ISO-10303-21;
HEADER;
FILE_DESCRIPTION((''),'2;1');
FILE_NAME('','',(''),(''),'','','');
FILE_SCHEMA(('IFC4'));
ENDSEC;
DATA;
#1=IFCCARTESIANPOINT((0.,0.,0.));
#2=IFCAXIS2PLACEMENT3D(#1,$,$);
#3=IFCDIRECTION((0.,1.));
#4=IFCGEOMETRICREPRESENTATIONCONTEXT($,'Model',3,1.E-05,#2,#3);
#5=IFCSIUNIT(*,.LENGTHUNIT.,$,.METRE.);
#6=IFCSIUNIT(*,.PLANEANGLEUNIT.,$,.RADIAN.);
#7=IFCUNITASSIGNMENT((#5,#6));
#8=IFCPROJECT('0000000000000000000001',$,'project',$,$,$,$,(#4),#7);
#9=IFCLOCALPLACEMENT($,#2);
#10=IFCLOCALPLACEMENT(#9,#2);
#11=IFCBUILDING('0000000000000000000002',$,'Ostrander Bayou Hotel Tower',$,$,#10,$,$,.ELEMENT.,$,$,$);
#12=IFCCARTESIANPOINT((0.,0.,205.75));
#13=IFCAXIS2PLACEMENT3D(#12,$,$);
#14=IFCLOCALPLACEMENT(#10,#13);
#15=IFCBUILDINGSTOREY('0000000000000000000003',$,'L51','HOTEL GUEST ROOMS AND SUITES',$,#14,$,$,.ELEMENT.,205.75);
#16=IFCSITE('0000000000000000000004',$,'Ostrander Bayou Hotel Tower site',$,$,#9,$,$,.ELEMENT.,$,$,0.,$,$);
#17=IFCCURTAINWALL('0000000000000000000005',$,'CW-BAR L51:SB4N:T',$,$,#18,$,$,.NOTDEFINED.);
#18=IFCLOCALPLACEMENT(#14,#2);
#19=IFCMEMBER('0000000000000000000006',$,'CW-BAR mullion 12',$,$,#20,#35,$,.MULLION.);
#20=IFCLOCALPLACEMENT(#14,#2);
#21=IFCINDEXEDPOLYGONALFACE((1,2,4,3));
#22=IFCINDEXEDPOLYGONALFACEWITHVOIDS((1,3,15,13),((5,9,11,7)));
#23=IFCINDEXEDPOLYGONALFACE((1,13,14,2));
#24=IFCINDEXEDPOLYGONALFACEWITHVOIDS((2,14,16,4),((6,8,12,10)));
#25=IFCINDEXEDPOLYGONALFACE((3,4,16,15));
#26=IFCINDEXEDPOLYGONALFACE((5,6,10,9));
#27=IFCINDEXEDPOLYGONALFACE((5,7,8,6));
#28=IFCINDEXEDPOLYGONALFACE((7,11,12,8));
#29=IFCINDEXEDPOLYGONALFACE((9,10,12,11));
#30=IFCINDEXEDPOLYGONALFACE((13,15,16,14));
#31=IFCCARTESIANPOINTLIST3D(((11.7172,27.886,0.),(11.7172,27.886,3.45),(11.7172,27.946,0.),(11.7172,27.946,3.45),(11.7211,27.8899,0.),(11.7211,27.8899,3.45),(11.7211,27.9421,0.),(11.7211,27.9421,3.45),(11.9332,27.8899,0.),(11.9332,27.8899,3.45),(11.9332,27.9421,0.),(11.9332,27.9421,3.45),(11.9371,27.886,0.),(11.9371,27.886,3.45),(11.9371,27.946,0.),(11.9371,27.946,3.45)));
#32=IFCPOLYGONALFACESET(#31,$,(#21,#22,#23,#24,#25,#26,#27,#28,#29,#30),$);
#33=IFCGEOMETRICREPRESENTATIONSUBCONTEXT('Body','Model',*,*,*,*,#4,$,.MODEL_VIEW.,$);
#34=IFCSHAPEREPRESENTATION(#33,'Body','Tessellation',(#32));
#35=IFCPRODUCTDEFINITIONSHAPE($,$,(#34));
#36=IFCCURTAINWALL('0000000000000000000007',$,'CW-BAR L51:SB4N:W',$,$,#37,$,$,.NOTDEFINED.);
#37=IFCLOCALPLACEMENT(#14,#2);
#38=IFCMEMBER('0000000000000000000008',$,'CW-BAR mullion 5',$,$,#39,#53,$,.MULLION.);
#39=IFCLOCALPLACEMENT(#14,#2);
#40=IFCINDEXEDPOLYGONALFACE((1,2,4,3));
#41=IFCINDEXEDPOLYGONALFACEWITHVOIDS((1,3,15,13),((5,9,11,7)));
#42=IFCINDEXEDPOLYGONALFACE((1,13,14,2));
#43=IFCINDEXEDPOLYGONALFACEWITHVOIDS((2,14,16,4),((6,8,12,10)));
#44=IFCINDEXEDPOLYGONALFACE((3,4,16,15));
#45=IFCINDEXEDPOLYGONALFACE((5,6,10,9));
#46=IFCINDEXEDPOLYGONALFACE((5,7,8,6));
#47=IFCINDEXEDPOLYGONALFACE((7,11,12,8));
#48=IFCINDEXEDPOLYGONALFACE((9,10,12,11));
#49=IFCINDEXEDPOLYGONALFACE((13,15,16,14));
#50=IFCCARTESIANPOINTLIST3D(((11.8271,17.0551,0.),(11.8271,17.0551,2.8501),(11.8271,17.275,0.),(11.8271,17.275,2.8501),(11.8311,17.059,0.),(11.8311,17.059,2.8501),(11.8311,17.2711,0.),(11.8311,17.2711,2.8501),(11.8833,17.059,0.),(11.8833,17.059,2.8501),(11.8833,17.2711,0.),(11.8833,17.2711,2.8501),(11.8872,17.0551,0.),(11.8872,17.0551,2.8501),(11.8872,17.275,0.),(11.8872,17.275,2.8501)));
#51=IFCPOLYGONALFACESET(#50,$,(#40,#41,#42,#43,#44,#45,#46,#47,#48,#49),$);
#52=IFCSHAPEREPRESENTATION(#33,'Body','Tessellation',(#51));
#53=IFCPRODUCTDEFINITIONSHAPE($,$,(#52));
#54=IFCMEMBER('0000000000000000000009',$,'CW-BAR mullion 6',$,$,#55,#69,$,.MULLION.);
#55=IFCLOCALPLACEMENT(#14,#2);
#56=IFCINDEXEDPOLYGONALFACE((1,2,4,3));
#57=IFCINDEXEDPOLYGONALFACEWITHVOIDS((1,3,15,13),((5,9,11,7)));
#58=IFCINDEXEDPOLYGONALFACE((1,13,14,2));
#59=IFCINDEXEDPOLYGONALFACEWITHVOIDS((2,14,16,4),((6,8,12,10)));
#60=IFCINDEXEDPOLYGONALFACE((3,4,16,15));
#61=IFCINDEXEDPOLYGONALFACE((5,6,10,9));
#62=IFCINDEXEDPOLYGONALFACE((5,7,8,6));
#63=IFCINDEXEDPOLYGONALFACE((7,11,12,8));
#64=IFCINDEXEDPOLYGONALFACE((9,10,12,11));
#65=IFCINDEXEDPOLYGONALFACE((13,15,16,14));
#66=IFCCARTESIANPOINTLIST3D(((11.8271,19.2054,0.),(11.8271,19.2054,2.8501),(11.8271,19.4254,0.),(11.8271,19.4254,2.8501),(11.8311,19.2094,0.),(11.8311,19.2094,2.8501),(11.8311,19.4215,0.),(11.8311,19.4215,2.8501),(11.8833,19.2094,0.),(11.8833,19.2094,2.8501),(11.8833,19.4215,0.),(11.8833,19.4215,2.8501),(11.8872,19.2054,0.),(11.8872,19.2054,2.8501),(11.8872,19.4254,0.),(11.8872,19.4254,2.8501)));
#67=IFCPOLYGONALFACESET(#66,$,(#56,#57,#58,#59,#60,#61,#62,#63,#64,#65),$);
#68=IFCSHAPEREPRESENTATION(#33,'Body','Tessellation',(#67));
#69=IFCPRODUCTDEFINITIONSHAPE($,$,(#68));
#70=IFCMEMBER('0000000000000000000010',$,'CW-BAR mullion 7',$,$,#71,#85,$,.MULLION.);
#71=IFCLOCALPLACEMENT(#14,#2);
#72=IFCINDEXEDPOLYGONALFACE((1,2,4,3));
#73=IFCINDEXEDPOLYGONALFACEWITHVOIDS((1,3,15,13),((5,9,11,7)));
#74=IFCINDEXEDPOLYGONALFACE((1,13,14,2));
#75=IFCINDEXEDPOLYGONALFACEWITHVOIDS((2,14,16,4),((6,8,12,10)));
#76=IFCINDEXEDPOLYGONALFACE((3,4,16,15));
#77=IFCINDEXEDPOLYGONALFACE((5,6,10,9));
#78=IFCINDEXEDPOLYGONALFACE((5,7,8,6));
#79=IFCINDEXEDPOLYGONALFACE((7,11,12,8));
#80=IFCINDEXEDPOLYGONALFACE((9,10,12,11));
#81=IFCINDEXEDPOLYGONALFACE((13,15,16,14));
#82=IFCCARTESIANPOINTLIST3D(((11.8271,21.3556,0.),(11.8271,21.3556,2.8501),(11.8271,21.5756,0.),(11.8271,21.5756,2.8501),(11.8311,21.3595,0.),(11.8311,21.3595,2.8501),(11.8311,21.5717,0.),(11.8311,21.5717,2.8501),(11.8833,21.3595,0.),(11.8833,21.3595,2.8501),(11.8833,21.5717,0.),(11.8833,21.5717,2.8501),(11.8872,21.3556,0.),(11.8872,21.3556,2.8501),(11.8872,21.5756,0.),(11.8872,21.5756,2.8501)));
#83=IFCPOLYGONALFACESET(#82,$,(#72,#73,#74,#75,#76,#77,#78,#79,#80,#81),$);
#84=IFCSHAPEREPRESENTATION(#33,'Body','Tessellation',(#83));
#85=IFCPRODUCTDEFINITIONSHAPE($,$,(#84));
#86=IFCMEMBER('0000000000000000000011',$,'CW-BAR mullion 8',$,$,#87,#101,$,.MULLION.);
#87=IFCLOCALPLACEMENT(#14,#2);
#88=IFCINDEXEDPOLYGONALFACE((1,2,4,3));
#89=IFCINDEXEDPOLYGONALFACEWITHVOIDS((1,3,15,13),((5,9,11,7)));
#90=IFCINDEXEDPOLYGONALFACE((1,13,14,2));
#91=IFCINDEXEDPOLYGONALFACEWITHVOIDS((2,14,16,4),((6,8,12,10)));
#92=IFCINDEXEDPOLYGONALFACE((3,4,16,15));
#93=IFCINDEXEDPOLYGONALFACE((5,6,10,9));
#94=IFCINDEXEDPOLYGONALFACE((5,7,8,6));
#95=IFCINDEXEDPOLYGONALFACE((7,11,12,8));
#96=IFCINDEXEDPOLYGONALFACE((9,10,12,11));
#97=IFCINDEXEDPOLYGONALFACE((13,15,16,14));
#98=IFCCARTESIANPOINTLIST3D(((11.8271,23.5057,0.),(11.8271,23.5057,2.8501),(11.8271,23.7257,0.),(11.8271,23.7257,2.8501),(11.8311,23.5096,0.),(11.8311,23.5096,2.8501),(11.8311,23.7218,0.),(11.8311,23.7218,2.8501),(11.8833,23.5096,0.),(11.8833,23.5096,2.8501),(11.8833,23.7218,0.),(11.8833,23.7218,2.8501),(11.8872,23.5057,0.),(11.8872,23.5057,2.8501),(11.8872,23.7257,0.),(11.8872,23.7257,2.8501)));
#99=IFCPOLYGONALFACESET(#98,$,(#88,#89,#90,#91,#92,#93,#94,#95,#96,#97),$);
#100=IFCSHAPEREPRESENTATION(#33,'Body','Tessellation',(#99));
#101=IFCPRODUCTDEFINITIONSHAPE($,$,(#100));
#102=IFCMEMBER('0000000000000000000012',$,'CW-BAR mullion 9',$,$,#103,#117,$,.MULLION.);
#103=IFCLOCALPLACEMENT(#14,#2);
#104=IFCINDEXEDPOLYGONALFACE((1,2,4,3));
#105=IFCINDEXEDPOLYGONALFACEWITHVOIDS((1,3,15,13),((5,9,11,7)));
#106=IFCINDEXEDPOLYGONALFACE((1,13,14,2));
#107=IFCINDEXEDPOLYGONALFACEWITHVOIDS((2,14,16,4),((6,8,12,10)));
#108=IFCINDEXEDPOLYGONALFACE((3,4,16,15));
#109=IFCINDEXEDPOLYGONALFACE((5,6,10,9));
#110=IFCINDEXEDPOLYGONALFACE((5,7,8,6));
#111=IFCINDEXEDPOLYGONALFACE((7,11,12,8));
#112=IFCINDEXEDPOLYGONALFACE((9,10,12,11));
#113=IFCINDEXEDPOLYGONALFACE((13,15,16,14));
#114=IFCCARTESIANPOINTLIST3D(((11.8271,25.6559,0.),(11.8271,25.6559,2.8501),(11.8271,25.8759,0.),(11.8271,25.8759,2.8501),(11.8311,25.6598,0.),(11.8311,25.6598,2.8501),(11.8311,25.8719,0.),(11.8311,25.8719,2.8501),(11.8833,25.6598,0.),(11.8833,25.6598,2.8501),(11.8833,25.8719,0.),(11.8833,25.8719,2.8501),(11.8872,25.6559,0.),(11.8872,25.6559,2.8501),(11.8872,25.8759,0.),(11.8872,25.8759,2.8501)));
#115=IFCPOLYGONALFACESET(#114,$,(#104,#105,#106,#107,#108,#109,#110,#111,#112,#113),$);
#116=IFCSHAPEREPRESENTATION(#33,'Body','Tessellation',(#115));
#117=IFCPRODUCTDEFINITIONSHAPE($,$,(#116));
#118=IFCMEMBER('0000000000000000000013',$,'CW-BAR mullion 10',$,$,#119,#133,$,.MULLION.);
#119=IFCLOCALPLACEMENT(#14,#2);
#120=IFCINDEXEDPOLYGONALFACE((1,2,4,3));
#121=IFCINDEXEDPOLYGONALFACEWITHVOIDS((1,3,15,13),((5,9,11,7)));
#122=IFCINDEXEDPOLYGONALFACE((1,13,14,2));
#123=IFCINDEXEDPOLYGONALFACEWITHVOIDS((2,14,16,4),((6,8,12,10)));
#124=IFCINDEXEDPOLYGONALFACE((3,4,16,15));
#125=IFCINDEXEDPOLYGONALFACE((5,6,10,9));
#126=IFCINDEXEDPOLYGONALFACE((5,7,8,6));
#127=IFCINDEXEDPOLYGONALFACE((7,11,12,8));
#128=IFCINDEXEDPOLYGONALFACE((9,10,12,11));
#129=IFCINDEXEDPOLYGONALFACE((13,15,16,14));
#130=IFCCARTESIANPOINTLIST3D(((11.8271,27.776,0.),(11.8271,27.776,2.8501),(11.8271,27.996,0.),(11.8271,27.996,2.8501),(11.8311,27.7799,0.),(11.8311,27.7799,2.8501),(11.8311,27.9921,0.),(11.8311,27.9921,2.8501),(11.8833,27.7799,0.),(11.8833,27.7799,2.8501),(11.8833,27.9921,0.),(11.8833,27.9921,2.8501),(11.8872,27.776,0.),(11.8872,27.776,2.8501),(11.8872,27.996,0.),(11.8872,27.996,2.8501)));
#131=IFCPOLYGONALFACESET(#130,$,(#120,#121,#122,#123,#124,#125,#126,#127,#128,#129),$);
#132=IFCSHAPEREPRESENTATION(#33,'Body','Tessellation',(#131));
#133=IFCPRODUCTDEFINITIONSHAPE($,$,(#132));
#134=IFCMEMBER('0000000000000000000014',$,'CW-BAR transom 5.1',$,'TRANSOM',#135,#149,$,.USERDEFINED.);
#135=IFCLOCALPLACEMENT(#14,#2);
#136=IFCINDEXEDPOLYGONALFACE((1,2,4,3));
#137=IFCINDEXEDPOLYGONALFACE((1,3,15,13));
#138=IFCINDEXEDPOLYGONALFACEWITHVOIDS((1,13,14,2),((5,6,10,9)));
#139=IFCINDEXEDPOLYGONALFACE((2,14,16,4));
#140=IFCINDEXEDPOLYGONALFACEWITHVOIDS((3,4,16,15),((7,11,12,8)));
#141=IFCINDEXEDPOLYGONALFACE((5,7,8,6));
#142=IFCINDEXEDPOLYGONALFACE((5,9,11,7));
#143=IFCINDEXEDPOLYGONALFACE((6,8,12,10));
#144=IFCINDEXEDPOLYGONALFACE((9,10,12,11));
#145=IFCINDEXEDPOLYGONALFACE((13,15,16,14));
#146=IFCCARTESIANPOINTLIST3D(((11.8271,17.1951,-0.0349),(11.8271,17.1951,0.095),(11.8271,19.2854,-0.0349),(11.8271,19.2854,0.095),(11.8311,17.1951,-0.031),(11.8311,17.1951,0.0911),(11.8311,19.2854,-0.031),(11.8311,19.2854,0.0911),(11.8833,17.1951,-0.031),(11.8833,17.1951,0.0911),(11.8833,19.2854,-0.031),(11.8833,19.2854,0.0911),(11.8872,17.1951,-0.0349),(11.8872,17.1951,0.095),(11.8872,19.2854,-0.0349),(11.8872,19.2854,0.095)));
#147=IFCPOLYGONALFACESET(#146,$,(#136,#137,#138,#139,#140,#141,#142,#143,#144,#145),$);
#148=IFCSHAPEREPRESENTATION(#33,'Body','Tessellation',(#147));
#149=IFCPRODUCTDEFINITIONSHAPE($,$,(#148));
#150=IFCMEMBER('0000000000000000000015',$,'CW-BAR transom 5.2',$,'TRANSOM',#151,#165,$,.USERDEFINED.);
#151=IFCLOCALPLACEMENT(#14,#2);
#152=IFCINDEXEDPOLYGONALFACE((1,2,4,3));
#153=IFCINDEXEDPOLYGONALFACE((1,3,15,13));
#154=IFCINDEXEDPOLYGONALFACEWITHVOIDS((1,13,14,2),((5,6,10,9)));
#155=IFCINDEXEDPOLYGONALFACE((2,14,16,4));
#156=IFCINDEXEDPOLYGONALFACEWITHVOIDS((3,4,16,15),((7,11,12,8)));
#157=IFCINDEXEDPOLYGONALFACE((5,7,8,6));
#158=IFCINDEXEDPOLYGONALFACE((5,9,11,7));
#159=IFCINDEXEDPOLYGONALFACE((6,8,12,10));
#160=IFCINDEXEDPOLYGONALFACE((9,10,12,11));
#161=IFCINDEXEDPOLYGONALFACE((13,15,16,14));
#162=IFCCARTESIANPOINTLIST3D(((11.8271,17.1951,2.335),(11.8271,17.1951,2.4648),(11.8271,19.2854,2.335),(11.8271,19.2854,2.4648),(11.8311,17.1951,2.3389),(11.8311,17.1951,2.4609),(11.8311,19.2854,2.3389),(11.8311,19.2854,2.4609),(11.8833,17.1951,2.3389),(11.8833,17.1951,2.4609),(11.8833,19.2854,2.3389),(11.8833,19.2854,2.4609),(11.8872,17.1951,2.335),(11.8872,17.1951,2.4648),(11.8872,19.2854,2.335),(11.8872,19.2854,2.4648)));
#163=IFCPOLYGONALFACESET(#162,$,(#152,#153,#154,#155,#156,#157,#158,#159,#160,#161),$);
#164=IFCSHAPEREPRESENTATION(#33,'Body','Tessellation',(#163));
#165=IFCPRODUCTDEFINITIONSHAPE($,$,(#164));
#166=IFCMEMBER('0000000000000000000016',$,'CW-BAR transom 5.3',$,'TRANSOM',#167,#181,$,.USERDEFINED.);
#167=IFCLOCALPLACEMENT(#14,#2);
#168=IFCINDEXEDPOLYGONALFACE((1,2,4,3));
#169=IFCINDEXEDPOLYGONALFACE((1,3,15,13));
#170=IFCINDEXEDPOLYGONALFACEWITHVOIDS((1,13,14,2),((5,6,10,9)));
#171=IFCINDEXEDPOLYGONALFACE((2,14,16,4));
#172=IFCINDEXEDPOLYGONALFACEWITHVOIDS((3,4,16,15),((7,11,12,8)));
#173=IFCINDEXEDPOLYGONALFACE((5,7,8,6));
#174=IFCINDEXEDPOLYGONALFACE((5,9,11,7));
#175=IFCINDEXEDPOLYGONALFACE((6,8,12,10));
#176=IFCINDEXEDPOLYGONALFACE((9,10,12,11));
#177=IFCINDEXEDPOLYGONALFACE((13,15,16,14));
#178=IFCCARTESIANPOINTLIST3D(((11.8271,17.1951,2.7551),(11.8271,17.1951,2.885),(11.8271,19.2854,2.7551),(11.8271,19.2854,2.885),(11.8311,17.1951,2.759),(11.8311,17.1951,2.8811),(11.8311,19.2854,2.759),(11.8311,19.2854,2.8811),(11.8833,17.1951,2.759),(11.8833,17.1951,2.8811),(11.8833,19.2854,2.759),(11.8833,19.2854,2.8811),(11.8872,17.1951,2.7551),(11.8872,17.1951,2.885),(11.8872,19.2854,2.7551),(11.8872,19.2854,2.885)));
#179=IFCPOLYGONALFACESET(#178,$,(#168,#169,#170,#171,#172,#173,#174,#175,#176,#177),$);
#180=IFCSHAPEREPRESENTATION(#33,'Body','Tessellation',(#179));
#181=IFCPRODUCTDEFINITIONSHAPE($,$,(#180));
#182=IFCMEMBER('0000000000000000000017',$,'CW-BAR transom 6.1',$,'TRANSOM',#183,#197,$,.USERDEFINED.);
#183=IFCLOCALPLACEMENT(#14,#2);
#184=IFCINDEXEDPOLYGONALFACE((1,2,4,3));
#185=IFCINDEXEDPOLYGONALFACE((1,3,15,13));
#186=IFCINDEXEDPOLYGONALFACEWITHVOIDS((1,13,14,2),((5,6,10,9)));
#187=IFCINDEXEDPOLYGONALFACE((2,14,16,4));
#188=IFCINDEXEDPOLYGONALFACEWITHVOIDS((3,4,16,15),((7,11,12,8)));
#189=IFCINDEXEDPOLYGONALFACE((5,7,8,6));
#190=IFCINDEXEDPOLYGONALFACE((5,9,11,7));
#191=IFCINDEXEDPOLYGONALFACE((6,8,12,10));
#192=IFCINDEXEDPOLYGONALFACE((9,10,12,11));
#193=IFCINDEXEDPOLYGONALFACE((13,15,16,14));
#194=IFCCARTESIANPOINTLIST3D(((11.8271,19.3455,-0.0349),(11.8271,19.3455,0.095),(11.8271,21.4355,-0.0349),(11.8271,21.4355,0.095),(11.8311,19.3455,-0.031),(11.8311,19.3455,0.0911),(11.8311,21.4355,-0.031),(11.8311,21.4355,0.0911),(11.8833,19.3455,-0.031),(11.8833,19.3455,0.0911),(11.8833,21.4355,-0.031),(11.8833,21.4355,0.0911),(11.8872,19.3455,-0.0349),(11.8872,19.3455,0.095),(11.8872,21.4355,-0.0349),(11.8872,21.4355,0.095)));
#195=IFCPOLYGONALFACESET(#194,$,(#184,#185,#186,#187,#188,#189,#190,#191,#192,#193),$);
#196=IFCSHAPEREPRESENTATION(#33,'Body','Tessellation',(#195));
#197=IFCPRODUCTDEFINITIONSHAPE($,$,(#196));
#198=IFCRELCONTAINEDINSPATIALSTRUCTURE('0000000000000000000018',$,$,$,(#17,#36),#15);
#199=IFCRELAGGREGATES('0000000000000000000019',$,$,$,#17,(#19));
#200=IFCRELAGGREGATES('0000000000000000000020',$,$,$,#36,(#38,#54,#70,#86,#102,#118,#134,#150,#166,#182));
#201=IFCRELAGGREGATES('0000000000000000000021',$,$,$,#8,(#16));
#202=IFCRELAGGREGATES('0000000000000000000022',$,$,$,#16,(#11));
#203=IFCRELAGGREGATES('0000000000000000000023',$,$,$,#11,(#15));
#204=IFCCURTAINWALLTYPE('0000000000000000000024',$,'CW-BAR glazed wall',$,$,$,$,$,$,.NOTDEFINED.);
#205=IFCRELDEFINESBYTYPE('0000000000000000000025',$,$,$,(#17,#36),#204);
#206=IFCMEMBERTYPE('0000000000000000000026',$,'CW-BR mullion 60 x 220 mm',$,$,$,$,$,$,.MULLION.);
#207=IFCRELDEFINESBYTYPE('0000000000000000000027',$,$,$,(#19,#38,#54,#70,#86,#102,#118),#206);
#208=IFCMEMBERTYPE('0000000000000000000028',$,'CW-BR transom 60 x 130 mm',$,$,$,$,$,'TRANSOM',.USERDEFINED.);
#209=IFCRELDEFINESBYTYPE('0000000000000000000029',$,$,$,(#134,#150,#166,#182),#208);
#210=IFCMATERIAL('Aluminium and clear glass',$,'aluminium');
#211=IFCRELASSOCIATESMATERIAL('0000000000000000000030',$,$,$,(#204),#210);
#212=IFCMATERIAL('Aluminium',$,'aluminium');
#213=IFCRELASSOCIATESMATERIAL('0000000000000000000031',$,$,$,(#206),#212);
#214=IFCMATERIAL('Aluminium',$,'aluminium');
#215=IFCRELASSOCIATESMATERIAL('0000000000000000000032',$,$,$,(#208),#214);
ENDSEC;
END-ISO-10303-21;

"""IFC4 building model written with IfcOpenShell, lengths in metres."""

from ifc_helpers import new_model, si_unit, direction, frame, origin, origin_2d, place, context, subcontext, project, spatial, hollow_rectangle, extrude, material, material_profile, profile_set, type_object, element, aggregate, save


model = new_model("IFC4")

# Units and contexts
model_context = context("Model", 3, precision=1e-05, world=origin(), true_north=direction((0.0, 1.0)))
body_context = subcontext(model_context, "Body", "Model", "MODEL_VIEW")
ifc_project = project(units=[si_unit("LENGTHUNIT", "METRE"), si_unit("PLANEANGLEUNIT", "RADIAN")], contexts=[model_context])

# Site, building, storey
site_placement = place(None, origin())
site = spatial("IfcSite", under=ifc_project, at=site_placement, Name="Ostrander Bayou Hotel Tower site", CompositionType="ELEMENT", RefElevation=0.0)
building_placement = place(site_placement, origin())
building = spatial("IfcBuilding", under=site, at=building_placement, Name="Ostrander Bayou Hotel Tower", CompositionType="ELEMENT")
storey_placement = place(building_placement, frame((0.0, 0.0, 205.75)))
storey = spatial("IfcBuildingStorey", under=building, at=storey_placement, Name="L51", Description="HOTEL GUEST ROOMS AND SUITES", CompositionType="ELEMENT", Elevation=205.75)

# Curtain wall, member
ifc_material_1 = material(Name="Aluminium and clear glass", Category="aluminium")
curtain_wall_type = type_object("IfcCurtainWallType", Name="CW-BAR glazed wall", PredefinedType="NOTDEFINED", material=ifc_material_1)
curtain_wall_1_placement = place(storey_placement, origin())
curtain_wall_1 = element("IfcCurtainWall", 1, at=curtain_wall_1_placement, inside=storey, type_object=curtain_wall_type, Name="CW-BAR L51:SB4N:T", PredefinedType="NOTDEFINED")
ifc_material_2 = material(Name="Aluminium", Category="aluminium")
ifc_material_profile_1 = material_profile(ifc_material_2, hollow_rectangle(XDim=0.0601, YDim=0.22, WallThickness=0.0039, at=origin_2d()))
ifc_profile_set_1 = profile_set([ifc_material_profile_1], Name="Aluminium")
member_type_1 = type_object("IfcMemberType", Name="CW-BR mullion 60 x 220 mm", PredefinedType="MULLION", material=ifc_profile_set_1)
member_1_placement = place(storey_placement, frame((11.8271, 27.916, 0.0), z_axis=(0.0, 0.0, 1.0), x_axis=(0.0, 1.0, 0.0)))
member_1 = element("IfcMember", 2, at=member_1_placement, type_object=member_type_1, Name="CW-BAR mullion 12", PredefinedType="MULLION", context=body_context, shape_type="SweptSolid", body=[
    extrude(hollow_rectangle(XDim=0.0601, YDim=0.22, WallThickness=0.0039, at=origin_2d()), origin(), (0.0, 0.0, 1.0), 3.45),
])
aggregate(curtain_wall_1, [member_1])

# Curtain wall, members
curtain_wall_2_placement = place(storey_placement, origin())
curtain_wall_2 = element("IfcCurtainWall", 3, at=curtain_wall_2_placement, inside=storey, type_object=curtain_wall_type, Name="CW-BAR L51:SB4N:W", PredefinedType="NOTDEFINED")
member_2_placement = place(storey_placement, frame((11.8572, 17.165, 0.0), z_axis=(0.0, 0.0, 1.0), x_axis=(-1.0, 0.0, 0.0)))
member_2 = element("IfcMember", 4, at=member_2_placement, type_object=member_type_1, Name="CW-BAR mullion 5", PredefinedType="MULLION", context=body_context, shape_type="SweptSolid", body=[
    extrude(hollow_rectangle(XDim=0.0601, YDim=0.22, WallThickness=0.0039, at=origin_2d()), origin(), (0.0, 0.0, 1.0), 2.8501),
])
member_3_placement = place(storey_placement, frame((11.8572, 19.3154, 0.0), z_axis=(0.0, 0.0, 1.0), x_axis=(-1.0, 0.0, 0.0)))
member_3 = element("IfcMember", 5, at=member_3_placement, type_object=member_type_1, Name="CW-BAR mullion 6", PredefinedType="MULLION", context=body_context, shape_type="SweptSolid", body=[
    extrude(hollow_rectangle(XDim=0.0601, YDim=0.22, WallThickness=0.0039, at=origin_2d()), origin(), (0.0, 0.0, 1.0), 2.8501),
])
member_4_placement = place(storey_placement, frame((11.8572, 21.4656, 0.0), z_axis=(0.0, 0.0, 1.0), x_axis=(-1.0, 0.0, 0.0)))
member_4 = element("IfcMember", 6, at=member_4_placement, type_object=member_type_1, Name="CW-BAR mullion 7", PredefinedType="MULLION", context=body_context, shape_type="SweptSolid", body=[
    extrude(hollow_rectangle(XDim=0.0601, YDim=0.22, WallThickness=0.0039, at=origin_2d()), origin(), (0.0, 0.0, 1.0), 2.8501),
])
member_5_placement = place(storey_placement, frame((11.8572, 23.6157, 0.0), z_axis=(0.0, 0.0, 1.0), x_axis=(-1.0, 0.0, 0.0)))
member_5 = element("IfcMember", 7, at=member_5_placement, type_object=member_type_1, Name="CW-BAR mullion 8", PredefinedType="MULLION", context=body_context, shape_type="SweptSolid", body=[
    extrude(hollow_rectangle(XDim=0.0601, YDim=0.22, WallThickness=0.0039, at=origin_2d()), origin(), (0.0, 0.0, 1.0), 2.8501),
])
member_6_placement = place(storey_placement, frame((11.8572, 25.7659, 0.0), z_axis=(0.0, 0.0, 1.0), x_axis=(-1.0, 0.0, 0.0)))
member_6 = element("IfcMember", 8, at=member_6_placement, type_object=member_type_1, Name="CW-BAR mullion 9", PredefinedType="MULLION", context=body_context, shape_type="SweptSolid", body=[
    extrude(hollow_rectangle(XDim=0.0601, YDim=0.22, WallThickness=0.0039, at=origin_2d()), origin(), (0.0, 0.0, 1.0), 2.8501),
])
member_7_placement = place(storey_placement, frame((11.8572, 27.886, 0.0), z_axis=(0.0, 0.0, 1.0), x_axis=(-1.0, 0.0, 0.0)))
member_7 = element("IfcMember", 9, at=member_7_placement, type_object=member_type_1, Name="CW-BAR mullion 10", PredefinedType="MULLION", context=body_context, shape_type="SweptSolid", body=[
    extrude(hollow_rectangle(XDim=0.0601, YDim=0.22, WallThickness=0.0039, at=origin_2d()), origin(), (0.0, 0.0, 1.0), 2.8501),
])
ifc_material_3 = material(Name="Aluminium", Category="aluminium")
ifc_material_profile_2 = material_profile(ifc_material_3, hollow_rectangle(XDim=0.0601, YDim=0.1299, WallThickness=0.0039, at=origin_2d()))
ifc_profile_set_2 = profile_set([ifc_material_profile_2], Name="Aluminium")
member_type_2 = type_object("IfcMemberType", Name="CW-BR transom 60 x 130 mm", ElementType="TRANSOM", PredefinedType="USERDEFINED", material=ifc_profile_set_2)
member_8_placement = place(storey_placement, frame((11.8572, 17.1951, 0.03), z_axis=(0.0, 1.0, 0.0), x_axis=(-1.0, 0.0, 0.0)))
member_8 = element("IfcMember", 10, at=member_8_placement, type_object=member_type_2, Name="CW-BAR transom 5.1", ObjectType="TRANSOM", PredefinedType="USERDEFINED", context=body_context, shape_type="SweptSolid", body=[
    extrude(hollow_rectangle(XDim=0.0601, YDim=0.1299, WallThickness=0.0039, at=origin_2d()), origin(), (0.0, 0.0, 1.0), 2.0903),
])
member_9_placement = place(storey_placement, frame((11.8572, 17.1951, 2.3999), z_axis=(0.0, 1.0, 0.0), x_axis=(-1.0, 0.0, 0.0)))
member_9 = element("IfcMember", 11, at=member_9_placement, type_object=member_type_2, Name="CW-BAR transom 5.2", ObjectType="TRANSOM", PredefinedType="USERDEFINED", context=body_context, shape_type="SweptSolid", body=[
    extrude(hollow_rectangle(XDim=0.0601, YDim=0.1299, WallThickness=0.0039, at=origin_2d()), origin(), (0.0, 0.0, 1.0), 2.0903),
])
member_10_placement = place(storey_placement, frame((11.8572, 17.1951, 2.8201), z_axis=(0.0, 1.0, 0.0), x_axis=(-1.0, 0.0, 0.0)))
member_10 = element("IfcMember", 12, at=member_10_placement, type_object=member_type_2, Name="CW-BAR transom 5.3", ObjectType="TRANSOM", PredefinedType="USERDEFINED", context=body_context, shape_type="SweptSolid", body=[
    extrude(hollow_rectangle(XDim=0.0601, YDim=0.1299, WallThickness=0.0039, at=origin_2d()), origin(), (0.0, 0.0, 1.0), 2.0903),
])
member_11_placement = place(storey_placement, frame((11.8572, 19.3455, 0.03), z_axis=(0.0, 1.0, 0.0), x_axis=(-1.0, 0.0, 0.0)))
member_11 = element("IfcMember", 13, at=member_11_placement, type_object=member_type_2, Name="CW-BAR transom 6.1", ObjectType="TRANSOM", PredefinedType="USERDEFINED", context=body_context, shape_type="SweptSolid", body=[
    extrude(hollow_rectangle(XDim=0.0601, YDim=0.1299, WallThickness=0.0039, at=origin_2d()), origin(), (0.0, 0.0, 1.0), 2.0901),
])

aggregate(curtain_wall_2, [member_2, member_3, member_4, member_5, member_6, member_7, member_8, member_9, member_10, member_11])

save(model, "model.ifc")
